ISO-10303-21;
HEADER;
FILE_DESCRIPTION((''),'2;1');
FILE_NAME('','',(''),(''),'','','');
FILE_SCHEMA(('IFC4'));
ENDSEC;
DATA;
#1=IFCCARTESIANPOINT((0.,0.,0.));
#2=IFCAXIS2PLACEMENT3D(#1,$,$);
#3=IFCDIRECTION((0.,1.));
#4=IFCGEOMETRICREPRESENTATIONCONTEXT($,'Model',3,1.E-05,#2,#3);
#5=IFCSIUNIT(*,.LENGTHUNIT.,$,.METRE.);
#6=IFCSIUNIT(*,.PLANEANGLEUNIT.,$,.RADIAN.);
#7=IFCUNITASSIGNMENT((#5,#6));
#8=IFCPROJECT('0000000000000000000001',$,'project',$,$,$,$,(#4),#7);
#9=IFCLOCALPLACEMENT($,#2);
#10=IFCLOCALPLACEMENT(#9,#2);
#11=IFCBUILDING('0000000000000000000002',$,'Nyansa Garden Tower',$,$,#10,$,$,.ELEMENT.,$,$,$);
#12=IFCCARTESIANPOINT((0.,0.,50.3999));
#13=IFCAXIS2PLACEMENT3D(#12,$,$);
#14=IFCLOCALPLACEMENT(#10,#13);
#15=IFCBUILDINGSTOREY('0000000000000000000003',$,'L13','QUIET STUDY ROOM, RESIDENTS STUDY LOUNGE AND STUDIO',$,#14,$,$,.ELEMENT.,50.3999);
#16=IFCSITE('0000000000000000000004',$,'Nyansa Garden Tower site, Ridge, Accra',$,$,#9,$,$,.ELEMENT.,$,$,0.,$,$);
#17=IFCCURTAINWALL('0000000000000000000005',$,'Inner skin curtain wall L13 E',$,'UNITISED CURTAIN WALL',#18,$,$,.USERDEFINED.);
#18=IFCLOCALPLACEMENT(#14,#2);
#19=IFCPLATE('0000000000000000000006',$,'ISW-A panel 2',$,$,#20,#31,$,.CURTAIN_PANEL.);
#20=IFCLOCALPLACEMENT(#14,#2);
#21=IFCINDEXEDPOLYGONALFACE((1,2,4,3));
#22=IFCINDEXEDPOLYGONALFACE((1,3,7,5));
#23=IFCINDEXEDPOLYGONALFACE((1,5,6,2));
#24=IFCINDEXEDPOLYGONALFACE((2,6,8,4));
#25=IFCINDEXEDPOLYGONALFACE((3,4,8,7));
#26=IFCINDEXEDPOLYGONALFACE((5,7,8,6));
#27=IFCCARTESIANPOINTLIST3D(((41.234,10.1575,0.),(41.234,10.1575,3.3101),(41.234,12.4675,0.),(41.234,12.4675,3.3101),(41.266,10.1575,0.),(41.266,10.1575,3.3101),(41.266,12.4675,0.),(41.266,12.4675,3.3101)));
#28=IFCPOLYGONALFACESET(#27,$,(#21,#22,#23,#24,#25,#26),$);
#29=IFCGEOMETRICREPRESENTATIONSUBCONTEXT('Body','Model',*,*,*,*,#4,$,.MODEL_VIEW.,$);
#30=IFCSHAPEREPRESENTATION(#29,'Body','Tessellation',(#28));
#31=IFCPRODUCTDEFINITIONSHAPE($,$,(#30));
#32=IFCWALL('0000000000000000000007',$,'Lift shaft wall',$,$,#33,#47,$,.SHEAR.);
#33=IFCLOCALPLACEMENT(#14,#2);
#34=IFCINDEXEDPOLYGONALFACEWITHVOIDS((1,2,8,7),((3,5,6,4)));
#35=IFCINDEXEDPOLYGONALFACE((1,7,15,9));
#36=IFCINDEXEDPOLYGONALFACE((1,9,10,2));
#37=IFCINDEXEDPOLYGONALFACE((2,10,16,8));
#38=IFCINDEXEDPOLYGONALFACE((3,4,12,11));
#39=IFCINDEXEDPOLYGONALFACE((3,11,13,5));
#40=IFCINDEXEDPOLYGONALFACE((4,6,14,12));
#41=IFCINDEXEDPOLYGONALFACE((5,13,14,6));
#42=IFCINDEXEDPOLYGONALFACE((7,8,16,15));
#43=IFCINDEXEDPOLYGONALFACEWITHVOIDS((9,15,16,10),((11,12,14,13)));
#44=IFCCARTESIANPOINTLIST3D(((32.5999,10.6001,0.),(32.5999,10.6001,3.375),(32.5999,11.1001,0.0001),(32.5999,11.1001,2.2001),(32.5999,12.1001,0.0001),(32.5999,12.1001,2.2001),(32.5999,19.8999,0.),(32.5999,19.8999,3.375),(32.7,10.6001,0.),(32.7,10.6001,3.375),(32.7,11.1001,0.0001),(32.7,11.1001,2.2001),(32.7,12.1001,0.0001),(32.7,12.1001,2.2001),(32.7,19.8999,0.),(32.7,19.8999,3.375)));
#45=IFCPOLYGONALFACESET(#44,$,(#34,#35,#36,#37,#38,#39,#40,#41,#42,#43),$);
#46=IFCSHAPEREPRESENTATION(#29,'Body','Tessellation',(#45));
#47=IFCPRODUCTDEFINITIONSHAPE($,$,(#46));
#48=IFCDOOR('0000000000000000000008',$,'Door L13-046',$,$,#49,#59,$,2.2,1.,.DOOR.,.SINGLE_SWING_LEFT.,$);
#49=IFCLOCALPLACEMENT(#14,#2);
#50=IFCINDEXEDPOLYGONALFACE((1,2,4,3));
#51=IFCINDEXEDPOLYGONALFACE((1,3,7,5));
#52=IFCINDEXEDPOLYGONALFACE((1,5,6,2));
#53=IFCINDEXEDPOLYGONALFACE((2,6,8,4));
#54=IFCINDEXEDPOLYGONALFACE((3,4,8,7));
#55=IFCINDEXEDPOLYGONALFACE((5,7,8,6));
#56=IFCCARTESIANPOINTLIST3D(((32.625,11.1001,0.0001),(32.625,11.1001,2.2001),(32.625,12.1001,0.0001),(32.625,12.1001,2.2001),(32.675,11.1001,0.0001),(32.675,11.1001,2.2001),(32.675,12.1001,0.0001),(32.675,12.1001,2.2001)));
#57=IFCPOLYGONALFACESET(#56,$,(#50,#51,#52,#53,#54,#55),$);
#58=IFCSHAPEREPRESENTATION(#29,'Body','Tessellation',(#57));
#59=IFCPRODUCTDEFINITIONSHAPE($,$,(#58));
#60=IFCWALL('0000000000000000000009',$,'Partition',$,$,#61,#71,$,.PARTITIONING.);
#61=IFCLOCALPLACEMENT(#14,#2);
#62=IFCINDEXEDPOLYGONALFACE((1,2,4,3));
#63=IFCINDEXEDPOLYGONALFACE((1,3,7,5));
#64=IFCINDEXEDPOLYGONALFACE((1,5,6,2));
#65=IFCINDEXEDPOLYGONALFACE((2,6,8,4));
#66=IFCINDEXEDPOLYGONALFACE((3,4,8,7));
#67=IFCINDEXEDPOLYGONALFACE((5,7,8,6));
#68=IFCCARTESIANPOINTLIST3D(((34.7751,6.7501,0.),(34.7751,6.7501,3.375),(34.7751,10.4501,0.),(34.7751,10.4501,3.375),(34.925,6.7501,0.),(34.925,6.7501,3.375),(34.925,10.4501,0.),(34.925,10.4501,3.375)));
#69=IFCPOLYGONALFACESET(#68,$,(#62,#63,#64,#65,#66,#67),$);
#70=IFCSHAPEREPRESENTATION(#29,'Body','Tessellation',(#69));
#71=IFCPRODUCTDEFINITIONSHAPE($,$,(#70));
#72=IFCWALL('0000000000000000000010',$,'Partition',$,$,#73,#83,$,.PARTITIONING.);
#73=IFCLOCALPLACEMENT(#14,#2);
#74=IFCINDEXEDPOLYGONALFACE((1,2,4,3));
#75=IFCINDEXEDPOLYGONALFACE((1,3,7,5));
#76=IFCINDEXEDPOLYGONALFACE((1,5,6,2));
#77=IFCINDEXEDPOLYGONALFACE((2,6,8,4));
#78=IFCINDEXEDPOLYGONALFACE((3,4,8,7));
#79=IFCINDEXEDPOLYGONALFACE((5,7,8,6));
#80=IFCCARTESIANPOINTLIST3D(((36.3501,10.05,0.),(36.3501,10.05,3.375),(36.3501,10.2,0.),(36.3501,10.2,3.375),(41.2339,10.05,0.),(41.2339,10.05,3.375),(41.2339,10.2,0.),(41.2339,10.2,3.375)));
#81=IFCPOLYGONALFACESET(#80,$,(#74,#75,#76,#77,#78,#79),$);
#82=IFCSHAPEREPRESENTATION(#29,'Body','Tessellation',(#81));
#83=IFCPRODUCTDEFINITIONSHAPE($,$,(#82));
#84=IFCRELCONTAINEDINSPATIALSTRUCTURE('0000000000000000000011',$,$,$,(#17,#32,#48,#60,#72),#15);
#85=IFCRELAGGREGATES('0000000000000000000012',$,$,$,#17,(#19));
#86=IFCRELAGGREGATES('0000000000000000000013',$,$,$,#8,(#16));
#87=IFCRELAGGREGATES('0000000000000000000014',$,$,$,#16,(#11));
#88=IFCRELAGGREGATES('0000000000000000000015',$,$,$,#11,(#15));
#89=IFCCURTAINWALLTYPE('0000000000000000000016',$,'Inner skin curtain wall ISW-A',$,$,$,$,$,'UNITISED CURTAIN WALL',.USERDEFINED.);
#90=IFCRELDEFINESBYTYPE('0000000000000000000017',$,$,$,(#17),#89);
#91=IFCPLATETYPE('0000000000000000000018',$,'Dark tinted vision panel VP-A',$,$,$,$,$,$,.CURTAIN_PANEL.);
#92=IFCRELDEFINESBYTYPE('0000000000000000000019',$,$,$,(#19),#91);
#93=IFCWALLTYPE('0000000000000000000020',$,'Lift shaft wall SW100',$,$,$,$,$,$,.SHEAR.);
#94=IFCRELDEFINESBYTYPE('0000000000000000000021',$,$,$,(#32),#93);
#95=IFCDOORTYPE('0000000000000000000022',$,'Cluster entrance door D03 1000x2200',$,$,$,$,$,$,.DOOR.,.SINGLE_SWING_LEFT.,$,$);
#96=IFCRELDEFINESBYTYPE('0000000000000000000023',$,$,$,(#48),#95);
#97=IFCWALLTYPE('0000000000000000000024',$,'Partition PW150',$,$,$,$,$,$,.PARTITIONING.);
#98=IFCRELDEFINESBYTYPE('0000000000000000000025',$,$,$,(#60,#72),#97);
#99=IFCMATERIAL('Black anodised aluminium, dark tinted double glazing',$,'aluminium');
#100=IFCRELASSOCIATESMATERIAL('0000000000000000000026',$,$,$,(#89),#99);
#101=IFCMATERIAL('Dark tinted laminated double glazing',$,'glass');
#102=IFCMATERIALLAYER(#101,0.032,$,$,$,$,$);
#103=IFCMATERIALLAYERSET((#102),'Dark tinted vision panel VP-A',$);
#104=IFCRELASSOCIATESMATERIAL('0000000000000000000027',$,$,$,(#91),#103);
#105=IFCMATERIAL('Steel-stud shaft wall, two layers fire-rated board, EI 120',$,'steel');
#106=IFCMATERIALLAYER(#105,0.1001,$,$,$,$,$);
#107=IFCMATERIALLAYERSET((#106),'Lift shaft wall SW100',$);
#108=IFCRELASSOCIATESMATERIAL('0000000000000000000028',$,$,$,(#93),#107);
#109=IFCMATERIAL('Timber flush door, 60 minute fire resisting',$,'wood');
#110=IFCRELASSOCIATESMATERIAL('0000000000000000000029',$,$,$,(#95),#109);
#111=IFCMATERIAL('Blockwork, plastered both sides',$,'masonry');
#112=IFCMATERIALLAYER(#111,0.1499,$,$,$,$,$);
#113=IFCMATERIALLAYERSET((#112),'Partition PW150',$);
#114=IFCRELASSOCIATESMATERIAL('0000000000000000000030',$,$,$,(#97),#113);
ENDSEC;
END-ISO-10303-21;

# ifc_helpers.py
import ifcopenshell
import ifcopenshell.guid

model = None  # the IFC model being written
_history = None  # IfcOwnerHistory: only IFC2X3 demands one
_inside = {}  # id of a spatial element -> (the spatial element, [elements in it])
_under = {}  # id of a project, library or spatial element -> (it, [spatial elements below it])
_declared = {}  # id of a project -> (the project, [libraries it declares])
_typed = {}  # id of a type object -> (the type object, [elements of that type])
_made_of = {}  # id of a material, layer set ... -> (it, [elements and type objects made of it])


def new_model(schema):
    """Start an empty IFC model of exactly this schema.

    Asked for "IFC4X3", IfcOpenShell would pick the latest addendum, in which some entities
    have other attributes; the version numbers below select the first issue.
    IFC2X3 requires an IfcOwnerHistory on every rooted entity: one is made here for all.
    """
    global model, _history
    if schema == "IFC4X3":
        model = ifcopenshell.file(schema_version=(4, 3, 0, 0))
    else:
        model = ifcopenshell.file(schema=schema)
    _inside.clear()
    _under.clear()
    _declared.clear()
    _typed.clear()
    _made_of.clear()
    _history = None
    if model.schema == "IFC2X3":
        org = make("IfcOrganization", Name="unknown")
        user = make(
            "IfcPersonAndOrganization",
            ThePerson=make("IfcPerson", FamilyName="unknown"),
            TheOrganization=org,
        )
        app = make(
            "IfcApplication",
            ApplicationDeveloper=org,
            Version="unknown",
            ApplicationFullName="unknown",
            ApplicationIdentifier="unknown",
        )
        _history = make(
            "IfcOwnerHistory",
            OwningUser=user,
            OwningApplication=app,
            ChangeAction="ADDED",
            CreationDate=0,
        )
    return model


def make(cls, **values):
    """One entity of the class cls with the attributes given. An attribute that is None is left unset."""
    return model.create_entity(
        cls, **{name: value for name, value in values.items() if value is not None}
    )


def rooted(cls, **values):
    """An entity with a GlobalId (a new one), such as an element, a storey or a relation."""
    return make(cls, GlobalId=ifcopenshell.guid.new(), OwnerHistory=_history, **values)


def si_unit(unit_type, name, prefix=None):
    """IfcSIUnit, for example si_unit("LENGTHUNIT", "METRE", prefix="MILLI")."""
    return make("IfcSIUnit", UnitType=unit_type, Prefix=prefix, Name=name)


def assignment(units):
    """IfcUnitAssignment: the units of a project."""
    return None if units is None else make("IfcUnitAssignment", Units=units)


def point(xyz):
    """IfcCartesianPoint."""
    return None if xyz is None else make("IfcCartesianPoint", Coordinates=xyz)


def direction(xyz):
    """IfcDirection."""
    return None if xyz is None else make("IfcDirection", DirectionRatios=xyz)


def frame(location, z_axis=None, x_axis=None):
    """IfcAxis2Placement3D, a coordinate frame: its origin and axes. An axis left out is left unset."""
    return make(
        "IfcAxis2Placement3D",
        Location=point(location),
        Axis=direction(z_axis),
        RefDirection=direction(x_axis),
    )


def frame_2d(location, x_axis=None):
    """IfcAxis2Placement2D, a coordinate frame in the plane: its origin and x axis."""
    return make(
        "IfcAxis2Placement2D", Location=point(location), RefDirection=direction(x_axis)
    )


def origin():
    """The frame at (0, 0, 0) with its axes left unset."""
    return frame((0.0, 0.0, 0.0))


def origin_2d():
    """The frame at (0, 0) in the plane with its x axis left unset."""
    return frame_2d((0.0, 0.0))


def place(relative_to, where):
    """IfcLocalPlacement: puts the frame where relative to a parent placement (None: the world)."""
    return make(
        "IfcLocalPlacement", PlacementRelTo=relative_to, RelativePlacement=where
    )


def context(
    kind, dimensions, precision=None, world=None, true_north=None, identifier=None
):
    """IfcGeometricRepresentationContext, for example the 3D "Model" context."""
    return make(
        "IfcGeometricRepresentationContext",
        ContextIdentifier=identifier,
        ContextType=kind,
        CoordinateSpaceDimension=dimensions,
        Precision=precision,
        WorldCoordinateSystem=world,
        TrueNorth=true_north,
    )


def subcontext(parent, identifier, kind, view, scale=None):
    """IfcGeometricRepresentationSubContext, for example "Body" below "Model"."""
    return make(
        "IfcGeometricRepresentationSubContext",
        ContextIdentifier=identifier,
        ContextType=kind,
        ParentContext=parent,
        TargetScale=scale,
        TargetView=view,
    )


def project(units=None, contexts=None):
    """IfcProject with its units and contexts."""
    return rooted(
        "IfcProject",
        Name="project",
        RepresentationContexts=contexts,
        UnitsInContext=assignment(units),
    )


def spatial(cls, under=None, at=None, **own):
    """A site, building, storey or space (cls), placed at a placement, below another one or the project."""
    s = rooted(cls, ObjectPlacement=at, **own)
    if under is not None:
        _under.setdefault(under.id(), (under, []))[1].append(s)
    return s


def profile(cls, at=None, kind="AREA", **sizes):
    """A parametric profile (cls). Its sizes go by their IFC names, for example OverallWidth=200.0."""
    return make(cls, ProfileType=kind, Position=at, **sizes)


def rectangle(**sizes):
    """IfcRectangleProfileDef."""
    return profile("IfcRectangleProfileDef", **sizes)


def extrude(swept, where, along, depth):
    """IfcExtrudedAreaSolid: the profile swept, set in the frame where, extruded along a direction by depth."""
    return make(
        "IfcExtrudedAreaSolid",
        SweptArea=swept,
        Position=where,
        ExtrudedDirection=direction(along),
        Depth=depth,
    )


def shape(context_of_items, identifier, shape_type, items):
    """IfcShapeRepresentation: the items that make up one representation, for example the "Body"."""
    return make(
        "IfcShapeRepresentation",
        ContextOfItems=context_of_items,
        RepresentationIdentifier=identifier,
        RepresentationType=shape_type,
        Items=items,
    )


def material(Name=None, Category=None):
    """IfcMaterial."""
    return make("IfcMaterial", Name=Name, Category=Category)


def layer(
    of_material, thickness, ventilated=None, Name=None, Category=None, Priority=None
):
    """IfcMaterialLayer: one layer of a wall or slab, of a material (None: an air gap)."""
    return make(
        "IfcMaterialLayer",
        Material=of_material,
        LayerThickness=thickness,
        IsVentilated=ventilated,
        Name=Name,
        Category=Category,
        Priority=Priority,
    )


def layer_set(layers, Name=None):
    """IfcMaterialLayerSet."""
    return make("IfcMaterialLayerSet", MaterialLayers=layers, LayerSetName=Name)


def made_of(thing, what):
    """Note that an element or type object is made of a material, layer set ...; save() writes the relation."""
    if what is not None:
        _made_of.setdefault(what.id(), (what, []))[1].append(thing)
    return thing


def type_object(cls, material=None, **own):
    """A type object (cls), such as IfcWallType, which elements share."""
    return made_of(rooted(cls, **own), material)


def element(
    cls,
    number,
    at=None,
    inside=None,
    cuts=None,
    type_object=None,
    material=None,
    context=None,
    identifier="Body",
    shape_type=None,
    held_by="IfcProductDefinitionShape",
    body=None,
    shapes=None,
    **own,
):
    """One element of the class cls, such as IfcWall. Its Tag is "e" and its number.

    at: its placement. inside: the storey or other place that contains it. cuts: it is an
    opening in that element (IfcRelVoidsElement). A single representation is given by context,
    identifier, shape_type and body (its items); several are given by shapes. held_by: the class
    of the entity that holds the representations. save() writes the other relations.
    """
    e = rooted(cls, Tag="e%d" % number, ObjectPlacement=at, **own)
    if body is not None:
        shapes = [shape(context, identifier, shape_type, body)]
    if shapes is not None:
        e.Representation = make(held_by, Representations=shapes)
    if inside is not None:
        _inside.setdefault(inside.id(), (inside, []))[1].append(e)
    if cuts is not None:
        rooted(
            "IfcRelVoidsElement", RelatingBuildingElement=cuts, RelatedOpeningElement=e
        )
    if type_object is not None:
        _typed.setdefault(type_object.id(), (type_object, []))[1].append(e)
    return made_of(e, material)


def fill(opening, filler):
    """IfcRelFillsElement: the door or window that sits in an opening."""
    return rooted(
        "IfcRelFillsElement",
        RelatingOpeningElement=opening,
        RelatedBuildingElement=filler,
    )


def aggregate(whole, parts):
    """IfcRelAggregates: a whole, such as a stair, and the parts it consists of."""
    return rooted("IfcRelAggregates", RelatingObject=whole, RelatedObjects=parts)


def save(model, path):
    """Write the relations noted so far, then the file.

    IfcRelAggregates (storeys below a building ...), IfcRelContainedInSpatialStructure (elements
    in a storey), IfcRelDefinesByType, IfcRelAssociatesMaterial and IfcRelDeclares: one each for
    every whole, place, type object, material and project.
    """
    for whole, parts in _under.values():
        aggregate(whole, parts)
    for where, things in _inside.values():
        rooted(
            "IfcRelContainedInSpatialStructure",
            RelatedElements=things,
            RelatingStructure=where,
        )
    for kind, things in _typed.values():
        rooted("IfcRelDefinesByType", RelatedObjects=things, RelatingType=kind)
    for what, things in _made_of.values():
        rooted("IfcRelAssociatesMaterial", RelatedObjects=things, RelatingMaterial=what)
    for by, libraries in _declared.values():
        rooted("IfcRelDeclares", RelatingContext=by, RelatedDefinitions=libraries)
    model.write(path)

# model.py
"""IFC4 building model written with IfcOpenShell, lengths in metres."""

from ifc_helpers import new_model, si_unit, direction, frame, frame_2d, origin, origin_2d, place, context, subcontext, project, spatial, rectangle, extrude, material, layer, layer_set, type_object, element, fill, aggregate, save


model = new_model("IFC4")

# Units and contexts
model_context = context("Model", 3, precision=1e-05, world=origin(), true_north=direction((0.0, 1.0)))
body_context = subcontext(model_context, "Body", "Model", "MODEL_VIEW")
ifc_project = project(units=[si_unit("LENGTHUNIT", "METRE"), si_unit("PLANEANGLEUNIT", "RADIAN")], contexts=[model_context])

# Site, building, storey
site_placement = place(None, origin())
site = spatial("IfcSite", under=ifc_project, at=site_placement, Name="Nyansa Garden Tower site, Ridge, Accra", CompositionType="ELEMENT", RefElevation=0.0)
building_placement = place(site_placement, origin())
building = spatial("IfcBuilding", under=site, at=building_placement, Name="Nyansa Garden Tower", CompositionType="ELEMENT")
storey_placement = place(building_placement, frame((0.0, 0.0, 50.3999)))
storey = spatial("IfcBuildingStorey", under=building, at=storey_placement, Name="L13", Description="QUIET STUDY ROOM, RESIDENTS STUDY LOUNGE AND STUDIO", CompositionType="ELEMENT", Elevation=50.3999)

# Curtain wall
ifc_material_1 = material(Name="Black anodised aluminium, dark tinted double glazing", Category="aluminium")
curtain_wall_type = type_object("IfcCurtainWallType", Name="Inner skin curtain wall ISW-A", ElementType="UNITISED CURTAIN WALL", PredefinedType="USERDEFINED", material=ifc_material_1)
curtain_wall_placement = place(storey_placement, origin())
curtain_wall = element("IfcCurtainWall", 1, at=curtain_wall_placement, inside=storey, type_object=curtain_wall_type, Name="Inner skin curtain wall L13 E", ObjectType="UNITISED CURTAIN WALL", PredefinedType="USERDEFINED")

# Plate
ifc_material_2 = material(Name="Dark tinted laminated double glazing", Category="glass")
ifc_layer_1 = layer(ifc_material_2, 0.032)
ifc_layer_set_1 = layer_set([ifc_layer_1], Name="Dark tinted vision panel VP-A")
plate_type = type_object("IfcPlateType", Name="Dark tinted vision panel VP-A", PredefinedType="CURTAIN_PANEL", material=ifc_layer_set_1)
plate_1_placement = place(storey_placement, frame((41.25, 11.3125, 0.0), z_axis=(0.0, 0.0, 1.0), x_axis=(0.0, 1.0, 0.0)))
plate_1 = element("IfcPlate", 2, at=plate_1_placement, type_object=plate_type, Name="ISW-A panel 2", PredefinedType="CURTAIN_PANEL", context=body_context, shape_type="SweptSolid", body=[
    extrude(rectangle(XDim=2.3101, YDim=0.032, at=origin_2d()), origin(), (0.0, 0.0, 1.0), 3.3101),
])
aggregate(curtain_wall, [plate_1])

# Wall, opening, door
ifc_material_3 = material(Name="Steel-stud shaft wall, two layers fire-rated board, EI 120", Category="steel")
ifc_layer_2 = layer(ifc_material_3, 0.1001)
ifc_layer_set_2 = layer_set([ifc_layer_2], Name="Lift shaft wall SW100")
wall_type_1 = type_object("IfcWallType", Name="Lift shaft wall SW100", PredefinedType="SHEAR", material=ifc_layer_set_2)
wall_1_placement = place(storey_placement, frame((32.6499, 10.6001, 0.0), z_axis=(0.0, 0.0, 1.0), x_axis=(0.0, 1.0, 0.0)))
wall_1 = element("IfcWall", 3, at=wall_1_placement, inside=storey, type_object=wall_type_1, Name="Lift shaft wall", PredefinedType="SHEAR", context=body_context, shape_type="SweptSolid", body=[
    extrude(rectangle(XDim=9.2998, YDim=0.1001, at=frame_2d((4.6499, 0.0))), origin(), (0.0, 0.0, 1.0), 3.375),
])
opening_1_placement = place(wall_1_placement, frame((0.5, 0.0, 0.0)))
opening_1 = element("IfcOpeningElement", 4, at=opening_1_placement, cuts=wall_1, PredefinedType="OPENING", context=body_context, shape_type="SweptSolid", body=[
    extrude(rectangle(XDim=1.0, YDim=2.2, at=frame_2d((0.5, 1.1001))), frame((0.0, 0.0601, 0.0), z_axis=(0.0, -1.0, 0.0), x_axis=(1.0, 0.0, 0.0)), (0.0, 0.0, 1.0), 0.1201),
])
ifc_material_4 = material(Name="Timber flush door, 60 minute fire resisting", Category="wood")
door_type_1 = type_object("IfcDoorType", Name="Cluster entrance door D03 1000x2200", OperationType="SINGLE_SWING_LEFT", PredefinedType="DOOR", material=ifc_material_4)
door_1_placement = place(opening_1_placement, origin())
door_1 = element("IfcDoor", 5, at=door_1_placement, inside=storey, type_object=door_type_1, Name="Door L13-046", OperationType="SINGLE_SWING_LEFT", OverallHeight=2.2, OverallWidth=1.0, PredefinedType="DOOR", context=body_context, shape_type="SweptSolid", body=[
    extrude(rectangle(XDim=1.0, YDim=2.2, at=frame_2d((0.5, 1.1001))), frame((0.0, 0.0249, 0.0), z_axis=(0.0, -1.0, 0.0), x_axis=(1.0, 0.0, 0.0)), (0.0, 0.0, 1.0), 0.05),
])
fill(opening_1, door_1)

# Walls
ifc_material_5 = material(Name="Blockwork, plastered both sides", Category="masonry")
ifc_layer_3 = layer(ifc_material_5, 0.1499)
ifc_layer_set_3 = layer_set([ifc_layer_3], Name="Partition PW150")
wall_type_2 = type_object("IfcWallType", Name="Partition PW150", PredefinedType="PARTITIONING", material=ifc_layer_set_3)
wall_2_placement = place(storey_placement, frame((34.8501, 6.75, 0.0), z_axis=(0.0, 0.0, 1.0), x_axis=(0.0, 1.0, 0.0)))
element("IfcWall", 6, at=wall_2_placement, inside=storey, type_object=wall_type_2, Name="Partition", PredefinedType="PARTITIONING", context=body_context, shape_type="SweptSolid", body=[
    extrude(rectangle(XDim=3.7, YDim=0.1499, at=frame_2d((1.8501, 0.0))), origin(), (0.0, 0.0, 1.0), 3.375),
])
wall_3_placement = place(storey_placement, frame((36.3501, 10.125, 0.0), z_axis=(0.0, 0.0, 1.0), x_axis=(1.0, 0.0, 0.0)))
element("IfcWall", 7, at=wall_3_placement, inside=storey, type_object=wall_type_2, Name="Partition", PredefinedType="PARTITIONING", context=body_context, shape_type="SweptSolid", body=[
    extrude(rectangle(XDim=4.8838, YDim=0.1499, at=frame_2d((2.4419, 0.0))), origin(), (0.0, 0.0, 1.0), 3.375),
])

save(model, "model.ifc")
